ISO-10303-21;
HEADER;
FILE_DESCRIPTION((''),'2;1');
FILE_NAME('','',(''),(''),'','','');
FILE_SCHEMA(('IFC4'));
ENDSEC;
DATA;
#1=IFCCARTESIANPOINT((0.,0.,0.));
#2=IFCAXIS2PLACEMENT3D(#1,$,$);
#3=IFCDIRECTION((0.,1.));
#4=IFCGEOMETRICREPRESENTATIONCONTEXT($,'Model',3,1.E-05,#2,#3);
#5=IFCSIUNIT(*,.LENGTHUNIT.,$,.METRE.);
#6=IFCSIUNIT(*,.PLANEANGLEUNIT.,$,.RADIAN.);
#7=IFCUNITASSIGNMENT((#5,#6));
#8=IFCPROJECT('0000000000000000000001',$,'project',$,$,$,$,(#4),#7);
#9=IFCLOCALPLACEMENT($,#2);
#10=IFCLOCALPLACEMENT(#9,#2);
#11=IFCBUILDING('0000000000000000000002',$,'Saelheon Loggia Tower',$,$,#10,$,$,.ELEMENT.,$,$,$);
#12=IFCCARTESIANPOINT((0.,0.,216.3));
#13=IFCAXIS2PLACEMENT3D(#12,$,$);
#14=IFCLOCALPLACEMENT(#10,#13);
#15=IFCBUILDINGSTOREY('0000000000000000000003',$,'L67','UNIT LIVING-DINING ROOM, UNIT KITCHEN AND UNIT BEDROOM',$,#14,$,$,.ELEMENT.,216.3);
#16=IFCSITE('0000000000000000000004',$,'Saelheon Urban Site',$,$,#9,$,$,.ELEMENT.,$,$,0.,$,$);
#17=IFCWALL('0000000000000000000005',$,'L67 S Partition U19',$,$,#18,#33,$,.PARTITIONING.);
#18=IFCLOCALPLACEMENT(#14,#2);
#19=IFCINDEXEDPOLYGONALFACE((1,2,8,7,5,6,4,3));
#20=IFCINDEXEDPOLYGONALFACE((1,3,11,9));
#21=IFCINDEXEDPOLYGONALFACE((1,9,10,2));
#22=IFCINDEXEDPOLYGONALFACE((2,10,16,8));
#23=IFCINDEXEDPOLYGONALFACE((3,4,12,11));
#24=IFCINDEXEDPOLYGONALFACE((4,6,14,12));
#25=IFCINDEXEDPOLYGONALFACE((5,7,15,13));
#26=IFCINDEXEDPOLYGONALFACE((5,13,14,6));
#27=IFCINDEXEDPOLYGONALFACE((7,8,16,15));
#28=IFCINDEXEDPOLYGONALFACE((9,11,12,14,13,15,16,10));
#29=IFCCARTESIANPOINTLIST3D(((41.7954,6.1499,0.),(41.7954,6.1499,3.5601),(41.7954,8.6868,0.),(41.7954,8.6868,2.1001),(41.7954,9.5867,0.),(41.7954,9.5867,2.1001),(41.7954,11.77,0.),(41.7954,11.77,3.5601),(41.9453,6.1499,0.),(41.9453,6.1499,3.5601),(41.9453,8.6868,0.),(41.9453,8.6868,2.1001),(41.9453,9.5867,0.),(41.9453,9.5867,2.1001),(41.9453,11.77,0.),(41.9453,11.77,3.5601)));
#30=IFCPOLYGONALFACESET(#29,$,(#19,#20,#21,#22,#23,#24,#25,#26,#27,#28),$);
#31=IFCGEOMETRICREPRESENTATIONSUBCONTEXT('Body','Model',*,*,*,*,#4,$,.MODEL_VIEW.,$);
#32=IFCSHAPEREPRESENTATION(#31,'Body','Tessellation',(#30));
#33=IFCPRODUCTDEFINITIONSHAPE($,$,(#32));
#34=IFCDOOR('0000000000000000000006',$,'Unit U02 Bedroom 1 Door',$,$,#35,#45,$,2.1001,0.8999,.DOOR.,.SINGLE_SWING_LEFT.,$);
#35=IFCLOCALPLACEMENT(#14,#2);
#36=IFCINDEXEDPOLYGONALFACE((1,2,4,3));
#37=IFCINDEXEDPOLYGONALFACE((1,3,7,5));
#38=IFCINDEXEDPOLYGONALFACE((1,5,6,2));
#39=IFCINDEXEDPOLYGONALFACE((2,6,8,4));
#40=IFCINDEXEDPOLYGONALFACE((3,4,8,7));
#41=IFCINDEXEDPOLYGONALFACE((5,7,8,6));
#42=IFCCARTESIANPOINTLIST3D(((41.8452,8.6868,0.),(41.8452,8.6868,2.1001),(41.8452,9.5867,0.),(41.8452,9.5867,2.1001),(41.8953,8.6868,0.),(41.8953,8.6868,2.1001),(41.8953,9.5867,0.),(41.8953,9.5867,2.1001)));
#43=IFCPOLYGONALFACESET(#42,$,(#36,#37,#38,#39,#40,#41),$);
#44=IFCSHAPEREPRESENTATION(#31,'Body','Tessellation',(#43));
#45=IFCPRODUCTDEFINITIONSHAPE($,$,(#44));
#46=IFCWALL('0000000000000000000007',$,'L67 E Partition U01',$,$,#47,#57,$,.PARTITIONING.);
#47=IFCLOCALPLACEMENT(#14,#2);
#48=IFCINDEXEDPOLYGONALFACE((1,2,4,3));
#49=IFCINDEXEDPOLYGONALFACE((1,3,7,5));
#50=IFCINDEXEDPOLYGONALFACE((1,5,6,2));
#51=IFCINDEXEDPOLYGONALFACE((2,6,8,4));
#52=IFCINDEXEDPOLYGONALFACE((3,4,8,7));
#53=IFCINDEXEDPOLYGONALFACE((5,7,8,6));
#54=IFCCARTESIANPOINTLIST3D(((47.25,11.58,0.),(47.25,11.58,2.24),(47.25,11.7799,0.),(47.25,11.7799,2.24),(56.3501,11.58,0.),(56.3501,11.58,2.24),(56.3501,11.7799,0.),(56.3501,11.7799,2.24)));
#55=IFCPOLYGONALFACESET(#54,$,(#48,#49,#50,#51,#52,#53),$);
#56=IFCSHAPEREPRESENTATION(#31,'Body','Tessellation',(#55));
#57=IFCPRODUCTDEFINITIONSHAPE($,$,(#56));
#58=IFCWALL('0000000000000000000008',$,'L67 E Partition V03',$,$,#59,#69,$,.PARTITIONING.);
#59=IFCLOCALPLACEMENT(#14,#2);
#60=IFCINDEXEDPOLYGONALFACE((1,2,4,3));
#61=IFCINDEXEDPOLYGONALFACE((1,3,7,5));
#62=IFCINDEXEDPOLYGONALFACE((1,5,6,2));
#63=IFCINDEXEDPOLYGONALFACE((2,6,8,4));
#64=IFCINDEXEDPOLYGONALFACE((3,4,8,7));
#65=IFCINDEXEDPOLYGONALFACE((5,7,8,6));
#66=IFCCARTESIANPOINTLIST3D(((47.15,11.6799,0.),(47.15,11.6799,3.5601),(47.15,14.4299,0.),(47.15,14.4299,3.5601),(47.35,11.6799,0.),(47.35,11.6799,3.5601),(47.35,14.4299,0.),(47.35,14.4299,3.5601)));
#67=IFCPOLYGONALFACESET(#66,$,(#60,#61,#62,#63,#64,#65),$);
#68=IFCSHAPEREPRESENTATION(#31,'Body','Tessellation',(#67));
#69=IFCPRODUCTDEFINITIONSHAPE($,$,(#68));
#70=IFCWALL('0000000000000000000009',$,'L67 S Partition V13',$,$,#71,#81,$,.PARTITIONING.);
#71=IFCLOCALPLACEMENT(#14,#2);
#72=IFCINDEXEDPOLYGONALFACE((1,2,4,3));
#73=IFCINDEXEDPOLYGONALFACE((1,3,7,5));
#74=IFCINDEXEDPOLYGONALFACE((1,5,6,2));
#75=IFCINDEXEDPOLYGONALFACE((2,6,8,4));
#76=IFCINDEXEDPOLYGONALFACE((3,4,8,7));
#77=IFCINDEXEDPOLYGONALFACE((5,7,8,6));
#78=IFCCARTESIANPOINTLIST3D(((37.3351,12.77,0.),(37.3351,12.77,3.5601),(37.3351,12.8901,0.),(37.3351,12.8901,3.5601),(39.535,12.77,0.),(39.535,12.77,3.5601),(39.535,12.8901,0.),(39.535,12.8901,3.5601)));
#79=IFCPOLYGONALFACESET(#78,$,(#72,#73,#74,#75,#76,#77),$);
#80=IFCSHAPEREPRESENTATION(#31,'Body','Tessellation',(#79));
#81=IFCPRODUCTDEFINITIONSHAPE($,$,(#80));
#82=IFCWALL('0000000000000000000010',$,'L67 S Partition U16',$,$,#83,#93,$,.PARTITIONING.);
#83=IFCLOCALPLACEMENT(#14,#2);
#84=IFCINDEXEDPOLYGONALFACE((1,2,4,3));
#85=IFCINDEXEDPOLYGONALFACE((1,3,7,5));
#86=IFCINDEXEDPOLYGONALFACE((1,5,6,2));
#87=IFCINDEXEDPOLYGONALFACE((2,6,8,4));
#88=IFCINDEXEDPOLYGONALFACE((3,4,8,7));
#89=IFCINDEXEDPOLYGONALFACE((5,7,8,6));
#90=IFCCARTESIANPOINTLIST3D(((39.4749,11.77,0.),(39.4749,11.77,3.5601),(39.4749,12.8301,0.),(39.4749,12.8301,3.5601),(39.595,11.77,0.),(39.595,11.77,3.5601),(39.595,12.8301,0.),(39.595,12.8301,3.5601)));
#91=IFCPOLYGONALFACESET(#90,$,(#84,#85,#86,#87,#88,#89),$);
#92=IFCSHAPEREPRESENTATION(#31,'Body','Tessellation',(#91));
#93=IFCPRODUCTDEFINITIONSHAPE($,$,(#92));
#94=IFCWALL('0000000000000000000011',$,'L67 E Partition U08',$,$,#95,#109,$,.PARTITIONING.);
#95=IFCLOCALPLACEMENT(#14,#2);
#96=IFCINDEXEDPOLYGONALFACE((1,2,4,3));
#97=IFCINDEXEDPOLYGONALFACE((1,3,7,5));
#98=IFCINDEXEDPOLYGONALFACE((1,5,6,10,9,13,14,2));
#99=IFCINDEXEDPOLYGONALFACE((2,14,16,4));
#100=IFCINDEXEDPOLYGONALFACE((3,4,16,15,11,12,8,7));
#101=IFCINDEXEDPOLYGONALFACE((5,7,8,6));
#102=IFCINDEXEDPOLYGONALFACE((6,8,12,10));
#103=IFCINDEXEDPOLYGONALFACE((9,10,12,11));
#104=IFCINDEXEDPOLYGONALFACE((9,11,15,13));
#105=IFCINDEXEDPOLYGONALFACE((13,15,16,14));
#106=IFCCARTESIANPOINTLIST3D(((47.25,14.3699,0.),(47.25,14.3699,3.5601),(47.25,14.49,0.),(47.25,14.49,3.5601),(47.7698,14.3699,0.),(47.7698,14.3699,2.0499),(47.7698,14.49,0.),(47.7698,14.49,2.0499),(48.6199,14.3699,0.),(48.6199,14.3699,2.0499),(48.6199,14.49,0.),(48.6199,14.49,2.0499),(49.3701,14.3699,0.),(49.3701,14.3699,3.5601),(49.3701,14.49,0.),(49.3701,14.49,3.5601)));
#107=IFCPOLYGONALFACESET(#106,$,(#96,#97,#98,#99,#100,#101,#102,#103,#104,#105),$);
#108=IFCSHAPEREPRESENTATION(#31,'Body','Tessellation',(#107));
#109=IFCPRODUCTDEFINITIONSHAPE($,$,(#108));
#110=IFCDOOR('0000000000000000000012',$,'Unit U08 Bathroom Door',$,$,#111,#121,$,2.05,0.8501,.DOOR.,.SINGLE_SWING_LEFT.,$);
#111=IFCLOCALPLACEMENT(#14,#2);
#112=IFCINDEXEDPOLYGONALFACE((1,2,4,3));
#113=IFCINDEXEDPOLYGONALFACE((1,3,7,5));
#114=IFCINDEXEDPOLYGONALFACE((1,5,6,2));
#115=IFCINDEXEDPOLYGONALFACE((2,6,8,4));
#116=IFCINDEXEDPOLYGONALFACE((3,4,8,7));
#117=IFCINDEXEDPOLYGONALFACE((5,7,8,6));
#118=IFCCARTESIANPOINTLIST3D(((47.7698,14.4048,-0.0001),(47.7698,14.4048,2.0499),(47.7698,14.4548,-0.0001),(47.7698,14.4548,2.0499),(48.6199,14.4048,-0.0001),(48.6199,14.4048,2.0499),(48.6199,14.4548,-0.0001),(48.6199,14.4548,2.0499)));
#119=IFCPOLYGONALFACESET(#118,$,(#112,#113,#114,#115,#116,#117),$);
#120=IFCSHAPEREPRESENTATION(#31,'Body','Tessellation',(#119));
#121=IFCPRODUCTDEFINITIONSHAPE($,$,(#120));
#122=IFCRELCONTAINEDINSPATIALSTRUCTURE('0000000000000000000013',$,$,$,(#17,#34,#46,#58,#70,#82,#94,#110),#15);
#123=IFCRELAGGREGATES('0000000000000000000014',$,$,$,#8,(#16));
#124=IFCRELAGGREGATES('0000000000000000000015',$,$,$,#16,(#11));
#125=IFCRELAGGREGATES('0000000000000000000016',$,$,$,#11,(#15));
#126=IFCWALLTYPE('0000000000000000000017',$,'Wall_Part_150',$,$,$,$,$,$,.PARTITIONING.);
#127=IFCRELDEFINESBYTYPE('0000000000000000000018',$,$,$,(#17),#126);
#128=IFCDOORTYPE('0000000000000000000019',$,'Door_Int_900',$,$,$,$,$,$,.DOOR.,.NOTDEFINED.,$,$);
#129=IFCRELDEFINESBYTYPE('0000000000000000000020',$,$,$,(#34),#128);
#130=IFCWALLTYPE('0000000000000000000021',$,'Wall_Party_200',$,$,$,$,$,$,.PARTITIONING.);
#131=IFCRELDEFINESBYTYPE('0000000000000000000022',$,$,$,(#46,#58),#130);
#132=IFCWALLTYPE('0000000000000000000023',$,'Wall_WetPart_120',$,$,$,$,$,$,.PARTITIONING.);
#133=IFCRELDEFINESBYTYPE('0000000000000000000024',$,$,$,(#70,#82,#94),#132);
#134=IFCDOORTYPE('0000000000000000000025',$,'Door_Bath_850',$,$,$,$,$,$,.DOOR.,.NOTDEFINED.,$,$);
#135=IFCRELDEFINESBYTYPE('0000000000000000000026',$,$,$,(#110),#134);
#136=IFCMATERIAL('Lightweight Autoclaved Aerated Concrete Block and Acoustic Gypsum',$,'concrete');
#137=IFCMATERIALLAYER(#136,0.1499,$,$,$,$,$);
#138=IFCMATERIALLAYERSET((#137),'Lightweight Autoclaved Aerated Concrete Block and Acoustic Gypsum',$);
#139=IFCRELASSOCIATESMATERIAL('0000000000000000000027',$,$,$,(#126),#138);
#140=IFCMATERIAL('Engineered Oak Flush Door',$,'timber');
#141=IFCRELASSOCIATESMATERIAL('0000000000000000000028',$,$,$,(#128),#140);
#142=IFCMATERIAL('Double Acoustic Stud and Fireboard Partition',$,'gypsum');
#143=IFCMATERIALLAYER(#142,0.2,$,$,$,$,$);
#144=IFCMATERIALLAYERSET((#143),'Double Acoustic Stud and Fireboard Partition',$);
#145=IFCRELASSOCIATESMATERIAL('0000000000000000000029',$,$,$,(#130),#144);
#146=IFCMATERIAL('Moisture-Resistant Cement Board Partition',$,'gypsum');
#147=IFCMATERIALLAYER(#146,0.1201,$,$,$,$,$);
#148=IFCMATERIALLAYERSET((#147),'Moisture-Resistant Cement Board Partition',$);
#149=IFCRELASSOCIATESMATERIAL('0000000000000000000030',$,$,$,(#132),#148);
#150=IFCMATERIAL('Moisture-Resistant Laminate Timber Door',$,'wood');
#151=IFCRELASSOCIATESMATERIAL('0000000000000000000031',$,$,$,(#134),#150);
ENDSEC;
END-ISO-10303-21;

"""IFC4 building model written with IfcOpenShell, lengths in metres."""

from ifc_helpers import new_model, si_unit, direction, frame, frame_2d, origin, place, context, subcontext, project, spatial, rectangle, extrude, source, transform, mapped, material, layer, layer_set, type_object, element, fill, save


model = new_model("IFC4")

# Units and contexts
model_context = context("Model", 3, precision=1e-05, world=origin(), true_north=direction((0.0, 1.0)))
body_context = subcontext(model_context, "Body", "Model", "MODEL_VIEW")
ifc_project = project(units=[si_unit("LENGTHUNIT", "METRE"), si_unit("PLANEANGLEUNIT", "RADIAN")], contexts=[model_context])

# Site, building, storey
site_placement = place(None, origin())
site = spatial("IfcSite", under=ifc_project, at=site_placement, Name="Saelheon Urban Site", CompositionType="ELEMENT", RefElevation=0.0)
building_placement = place(site_placement, origin())
building = spatial("IfcBuilding", under=site, at=building_placement, Name="Saelheon Loggia Tower", CompositionType="ELEMENT")
storey_placement = place(building_placement, frame((0.0, 0.0, 216.3)))
storey = spatial("IfcBuildingStorey", under=building, at=storey_placement, Name="L67", Description="UNIT LIVING-DINING ROOM, UNIT KITCHEN AND UNIT BEDROOM", CompositionType="ELEMENT", Elevation=216.3)

# Shared definitions
ifc_material_1 = material(Name="Lightweight Autoclaved Aerated Concrete Block and Acoustic Gypsum", Category="concrete")
ifc_layer_1 = layer(ifc_material_1, 0.1499)
ifc_layer_set_1 = layer_set([ifc_layer_1], Name="Lightweight Autoclaved Aerated Concrete Block and Acoustic Gypsum")
wall_type_1 = type_object("IfcWallType", Name="Wall_Part_150", PredefinedType="PARTITIONING", material=ifc_layer_set_1)
ifc_material_2 = material(Name="Engineered Oak Flush Door", Category="timber")
door_type_1 = type_object("IfcDoorType", Name="Door_Int_900", OperationType="NOTDEFINED", PredefinedType="DOOR", material=ifc_material_2)
shared_shape_1 = source(origin(), body_context, "Body", "SweptSolid", [
    extrude(rectangle(XDim=0.8999, YDim=2.1001, at=frame_2d((0.45, 1.05))), frame((0.0, 0.0249, 0.0), z_axis=(0.0, -1.0, 0.0), x_axis=(1.0, 0.0, 0.0)), (0.0, 0.0, 1.0), 0.05),
])

# Wall, opening, door
wall_1_placement = place(storey_placement, frame((41.8704, 11.77, 0.0), z_axis=(0.0, 0.0, 1.0), x_axis=(0.0, -1.0, 0.0)))
wall_1 = element("IfcWall", 1, at=wall_1_placement, inside=storey, type_object=wall_type_1, Name="L67 S Partition U19", PredefinedType="PARTITIONING", context=body_context, shape_type="SweptSolid", body=[
    extrude(rectangle(XDim=5.6201, YDim=0.1499, at=frame_2d((2.8101, 0.0))), origin(), (0.0, 0.0, 1.0), 3.5601),
])
opening_1_placement = place(wall_1_placement, frame((2.1833, 0.0, 0.0)))
opening_1 = element("IfcOpeningElement", 2, at=opening_1_placement, cuts=wall_1, PredefinedType="OPENING", context=body_context, shape_type="SweptSolid", body=[
    extrude(rectangle(XDim=0.8999, YDim=2.1001, at=frame_2d((0.45, 1.05))), frame((0.0, 0.0869, 0.0), z_axis=(0.0, -1.0, 0.0), x_axis=(1.0, 0.0, 0.0)), (0.0, 0.0, 1.0), 0.1738),
])
door_1_placement = place(opening_1_placement, origin())
door_1 = element("IfcDoor", 3, at=door_1_placement, inside=storey, type_object=door_type_1, Name="Unit U02 Bedroom 1 Door", OperationType="SINGLE_SWING_LEFT", OverallHeight=2.1001, OverallWidth=0.8999, PredefinedType="DOOR", context=body_context, shape_type="MappedRepresentation", body=[
    mapped(shared_shape_1, transform((0.0, 0.0, 0.0), scale=1.0)),
])
fill(opening_1, door_1)

# Walls
ifc_material_3 = material(Name="Double Acoustic Stud and Fireboard Partition", Category="gypsum")
ifc_layer_2 = layer(ifc_material_3, 0.2)
ifc_layer_set_2 = layer_set([ifc_layer_2], Name="Double Acoustic Stud and Fireboard Partition")
wall_type_2 = type_object("IfcWallType", Name="Wall_Party_200", PredefinedType="PARTITIONING", material=ifc_layer_set_2)
wall_2_placement = place(storey_placement, frame((47.25, 11.6799, 0.0), z_axis=(0.0, 0.0, 1.0), x_axis=(1.0, 0.0, 0.0)))
element("IfcWall", 4, at=wall_2_placement, inside=storey, type_object=wall_type_2, Name="L67 E Partition U01", PredefinedType="PARTITIONING", context=body_context, shape_type="SweptSolid", body=[
    extrude(rectangle(XDim=9.1001, YDim=0.2, at=frame_2d((4.55, 0.0))), origin(), (0.0, 0.0, 1.0), 2.24),
])
wall_3_placement = place(storey_placement, frame((47.25, 11.6799, 0.0), z_axis=(0.0, 0.0, 1.0), x_axis=(0.0, 1.0, 0.0)))
element("IfcWall", 5, at=wall_3_placement, inside=storey, type_object=wall_type_2, Name="L67 E Partition V03", PredefinedType="PARTITIONING", context=body_context, shape_type="SweptSolid", body=[
    extrude(rectangle(XDim=2.75, YDim=0.2, at=frame_2d((1.375, 0.0))), origin(), (0.0, 0.0, 1.0), 3.5601),
])

# Walls
ifc_material_4 = material(Name="Moisture-Resistant Cement Board Partition", Category="gypsum")
ifc_layer_3 = layer(ifc_material_4, 0.1201)
ifc_layer_set_3 = layer_set([ifc_layer_3], Name="Moisture-Resistant Cement Board Partition")
wall_type_3 = type_object("IfcWallType", Name="Wall_WetPart_120", PredefinedType="PARTITIONING", material=ifc_layer_set_3)
wall_4_placement = place(storey_placement, frame((37.335, 12.8301, 0.0), z_axis=(0.0, 0.0, 1.0), x_axis=(1.0, 0.0, 0.0)))
element("IfcWall", 6, at=wall_4_placement, inside=storey, type_object=wall_type_3, Name="L67 S Partition V13", PredefinedType="PARTITIONING", context=body_context, shape_type="SweptSolid", body=[
    extrude(rectangle(XDim=2.2, YDim=0.1201, at=frame_2d((1.1001, 0.0))), origin(), (0.0, 0.0, 1.0), 3.5601),
])
wall_5_placement = place(storey_placement, frame((39.5349, 12.8301, 0.0), z_axis=(0.0, 0.0, 1.0), x_axis=(0.0, -1.0, 0.0)))
element("IfcWall", 7, at=wall_5_placement, inside=storey, type_object=wall_type_3, Name="L67 S Partition U16", PredefinedType="PARTITIONING", context=body_context, shape_type="SweptSolid", body=[
    extrude(rectangle(XDim=1.0601, YDim=0.1201, at=frame_2d((0.53, 0.0))), origin(), (0.0, 0.0, 1.0), 3.5601),
])

# Wall, opening, door
wall_6_placement = place(storey_placement, frame((47.25, 14.4299, 0.0), z_axis=(0.0, 0.0, 1.0), x_axis=(1.0, 0.0, 0.0)))
wall_6 = element("IfcWall", 8, at=wall_6_placement, inside=storey, type_object=wall_type_3, Name="L67 E Partition U08", PredefinedType="PARTITIONING", context=body_context, shape_type="SweptSolid", body=[
    extrude(rectangle(XDim=2.1201, YDim=0.1201, at=frame_2d((1.0601, 0.0))), origin(), (0.0, 0.0, 1.0), 3.5601),
])
opening_2_placement = place(wall_6_placement, frame((0.5198, 0.0, 0.0)))
opening_2 = element("IfcOpeningElement", 9, at=opening_2_placement, cuts=wall_6, PredefinedType="OPENING", context=body_context, shape_type="SweptSolid", body=[
    extrude(rectangle(XDim=0.8501, YDim=2.05, at=frame_2d((0.425, 1.0249))), frame((0.0, 0.072, 0.0), z_axis=(0.0, -1.0, 0.0), x_axis=(1.0, 0.0, 0.0)), (0.0, 0.0, 1.0), 0.144),
])
ifc_material_5 = material(Name="Moisture-Resistant Laminate Timber Door", Category="wood")
door_type_2 = type_object("IfcDoorType", Name="Door_Bath_850", OperationType="NOTDEFINED", PredefinedType="DOOR", material=ifc_material_5)
shared_shape_2 = source(origin(), body_context, "Body", "SweptSolid", [
    extrude(rectangle(XDim=0.8501, YDim=2.05, at=frame_2d((0.425, 1.0249))), frame((0.0, 0.0249, 0.0), z_axis=(0.0, -1.0, 0.0), x_axis=(1.0, 0.0, 0.0)), (0.0, 0.0, 1.0), 0.05),
])
door_2_placement = place(opening_2_placement, origin())
door_2 = element("IfcDoor", 10, at=door_2_placement, inside=storey, type_object=door_type_2, Name="Unit U08 Bathroom Door", OperationType="SINGLE_SWING_LEFT", OverallHeight=2.05, OverallWidth=0.8501, PredefinedType="DOOR", context=body_context, shape_type="MappedRepresentation", body=[
    mapped(shared_shape_2, transform((0.0, 0.0, 0.0), scale=1.0)),
])
fill(opening_2, door_2)

save(model, "model.ifc")
